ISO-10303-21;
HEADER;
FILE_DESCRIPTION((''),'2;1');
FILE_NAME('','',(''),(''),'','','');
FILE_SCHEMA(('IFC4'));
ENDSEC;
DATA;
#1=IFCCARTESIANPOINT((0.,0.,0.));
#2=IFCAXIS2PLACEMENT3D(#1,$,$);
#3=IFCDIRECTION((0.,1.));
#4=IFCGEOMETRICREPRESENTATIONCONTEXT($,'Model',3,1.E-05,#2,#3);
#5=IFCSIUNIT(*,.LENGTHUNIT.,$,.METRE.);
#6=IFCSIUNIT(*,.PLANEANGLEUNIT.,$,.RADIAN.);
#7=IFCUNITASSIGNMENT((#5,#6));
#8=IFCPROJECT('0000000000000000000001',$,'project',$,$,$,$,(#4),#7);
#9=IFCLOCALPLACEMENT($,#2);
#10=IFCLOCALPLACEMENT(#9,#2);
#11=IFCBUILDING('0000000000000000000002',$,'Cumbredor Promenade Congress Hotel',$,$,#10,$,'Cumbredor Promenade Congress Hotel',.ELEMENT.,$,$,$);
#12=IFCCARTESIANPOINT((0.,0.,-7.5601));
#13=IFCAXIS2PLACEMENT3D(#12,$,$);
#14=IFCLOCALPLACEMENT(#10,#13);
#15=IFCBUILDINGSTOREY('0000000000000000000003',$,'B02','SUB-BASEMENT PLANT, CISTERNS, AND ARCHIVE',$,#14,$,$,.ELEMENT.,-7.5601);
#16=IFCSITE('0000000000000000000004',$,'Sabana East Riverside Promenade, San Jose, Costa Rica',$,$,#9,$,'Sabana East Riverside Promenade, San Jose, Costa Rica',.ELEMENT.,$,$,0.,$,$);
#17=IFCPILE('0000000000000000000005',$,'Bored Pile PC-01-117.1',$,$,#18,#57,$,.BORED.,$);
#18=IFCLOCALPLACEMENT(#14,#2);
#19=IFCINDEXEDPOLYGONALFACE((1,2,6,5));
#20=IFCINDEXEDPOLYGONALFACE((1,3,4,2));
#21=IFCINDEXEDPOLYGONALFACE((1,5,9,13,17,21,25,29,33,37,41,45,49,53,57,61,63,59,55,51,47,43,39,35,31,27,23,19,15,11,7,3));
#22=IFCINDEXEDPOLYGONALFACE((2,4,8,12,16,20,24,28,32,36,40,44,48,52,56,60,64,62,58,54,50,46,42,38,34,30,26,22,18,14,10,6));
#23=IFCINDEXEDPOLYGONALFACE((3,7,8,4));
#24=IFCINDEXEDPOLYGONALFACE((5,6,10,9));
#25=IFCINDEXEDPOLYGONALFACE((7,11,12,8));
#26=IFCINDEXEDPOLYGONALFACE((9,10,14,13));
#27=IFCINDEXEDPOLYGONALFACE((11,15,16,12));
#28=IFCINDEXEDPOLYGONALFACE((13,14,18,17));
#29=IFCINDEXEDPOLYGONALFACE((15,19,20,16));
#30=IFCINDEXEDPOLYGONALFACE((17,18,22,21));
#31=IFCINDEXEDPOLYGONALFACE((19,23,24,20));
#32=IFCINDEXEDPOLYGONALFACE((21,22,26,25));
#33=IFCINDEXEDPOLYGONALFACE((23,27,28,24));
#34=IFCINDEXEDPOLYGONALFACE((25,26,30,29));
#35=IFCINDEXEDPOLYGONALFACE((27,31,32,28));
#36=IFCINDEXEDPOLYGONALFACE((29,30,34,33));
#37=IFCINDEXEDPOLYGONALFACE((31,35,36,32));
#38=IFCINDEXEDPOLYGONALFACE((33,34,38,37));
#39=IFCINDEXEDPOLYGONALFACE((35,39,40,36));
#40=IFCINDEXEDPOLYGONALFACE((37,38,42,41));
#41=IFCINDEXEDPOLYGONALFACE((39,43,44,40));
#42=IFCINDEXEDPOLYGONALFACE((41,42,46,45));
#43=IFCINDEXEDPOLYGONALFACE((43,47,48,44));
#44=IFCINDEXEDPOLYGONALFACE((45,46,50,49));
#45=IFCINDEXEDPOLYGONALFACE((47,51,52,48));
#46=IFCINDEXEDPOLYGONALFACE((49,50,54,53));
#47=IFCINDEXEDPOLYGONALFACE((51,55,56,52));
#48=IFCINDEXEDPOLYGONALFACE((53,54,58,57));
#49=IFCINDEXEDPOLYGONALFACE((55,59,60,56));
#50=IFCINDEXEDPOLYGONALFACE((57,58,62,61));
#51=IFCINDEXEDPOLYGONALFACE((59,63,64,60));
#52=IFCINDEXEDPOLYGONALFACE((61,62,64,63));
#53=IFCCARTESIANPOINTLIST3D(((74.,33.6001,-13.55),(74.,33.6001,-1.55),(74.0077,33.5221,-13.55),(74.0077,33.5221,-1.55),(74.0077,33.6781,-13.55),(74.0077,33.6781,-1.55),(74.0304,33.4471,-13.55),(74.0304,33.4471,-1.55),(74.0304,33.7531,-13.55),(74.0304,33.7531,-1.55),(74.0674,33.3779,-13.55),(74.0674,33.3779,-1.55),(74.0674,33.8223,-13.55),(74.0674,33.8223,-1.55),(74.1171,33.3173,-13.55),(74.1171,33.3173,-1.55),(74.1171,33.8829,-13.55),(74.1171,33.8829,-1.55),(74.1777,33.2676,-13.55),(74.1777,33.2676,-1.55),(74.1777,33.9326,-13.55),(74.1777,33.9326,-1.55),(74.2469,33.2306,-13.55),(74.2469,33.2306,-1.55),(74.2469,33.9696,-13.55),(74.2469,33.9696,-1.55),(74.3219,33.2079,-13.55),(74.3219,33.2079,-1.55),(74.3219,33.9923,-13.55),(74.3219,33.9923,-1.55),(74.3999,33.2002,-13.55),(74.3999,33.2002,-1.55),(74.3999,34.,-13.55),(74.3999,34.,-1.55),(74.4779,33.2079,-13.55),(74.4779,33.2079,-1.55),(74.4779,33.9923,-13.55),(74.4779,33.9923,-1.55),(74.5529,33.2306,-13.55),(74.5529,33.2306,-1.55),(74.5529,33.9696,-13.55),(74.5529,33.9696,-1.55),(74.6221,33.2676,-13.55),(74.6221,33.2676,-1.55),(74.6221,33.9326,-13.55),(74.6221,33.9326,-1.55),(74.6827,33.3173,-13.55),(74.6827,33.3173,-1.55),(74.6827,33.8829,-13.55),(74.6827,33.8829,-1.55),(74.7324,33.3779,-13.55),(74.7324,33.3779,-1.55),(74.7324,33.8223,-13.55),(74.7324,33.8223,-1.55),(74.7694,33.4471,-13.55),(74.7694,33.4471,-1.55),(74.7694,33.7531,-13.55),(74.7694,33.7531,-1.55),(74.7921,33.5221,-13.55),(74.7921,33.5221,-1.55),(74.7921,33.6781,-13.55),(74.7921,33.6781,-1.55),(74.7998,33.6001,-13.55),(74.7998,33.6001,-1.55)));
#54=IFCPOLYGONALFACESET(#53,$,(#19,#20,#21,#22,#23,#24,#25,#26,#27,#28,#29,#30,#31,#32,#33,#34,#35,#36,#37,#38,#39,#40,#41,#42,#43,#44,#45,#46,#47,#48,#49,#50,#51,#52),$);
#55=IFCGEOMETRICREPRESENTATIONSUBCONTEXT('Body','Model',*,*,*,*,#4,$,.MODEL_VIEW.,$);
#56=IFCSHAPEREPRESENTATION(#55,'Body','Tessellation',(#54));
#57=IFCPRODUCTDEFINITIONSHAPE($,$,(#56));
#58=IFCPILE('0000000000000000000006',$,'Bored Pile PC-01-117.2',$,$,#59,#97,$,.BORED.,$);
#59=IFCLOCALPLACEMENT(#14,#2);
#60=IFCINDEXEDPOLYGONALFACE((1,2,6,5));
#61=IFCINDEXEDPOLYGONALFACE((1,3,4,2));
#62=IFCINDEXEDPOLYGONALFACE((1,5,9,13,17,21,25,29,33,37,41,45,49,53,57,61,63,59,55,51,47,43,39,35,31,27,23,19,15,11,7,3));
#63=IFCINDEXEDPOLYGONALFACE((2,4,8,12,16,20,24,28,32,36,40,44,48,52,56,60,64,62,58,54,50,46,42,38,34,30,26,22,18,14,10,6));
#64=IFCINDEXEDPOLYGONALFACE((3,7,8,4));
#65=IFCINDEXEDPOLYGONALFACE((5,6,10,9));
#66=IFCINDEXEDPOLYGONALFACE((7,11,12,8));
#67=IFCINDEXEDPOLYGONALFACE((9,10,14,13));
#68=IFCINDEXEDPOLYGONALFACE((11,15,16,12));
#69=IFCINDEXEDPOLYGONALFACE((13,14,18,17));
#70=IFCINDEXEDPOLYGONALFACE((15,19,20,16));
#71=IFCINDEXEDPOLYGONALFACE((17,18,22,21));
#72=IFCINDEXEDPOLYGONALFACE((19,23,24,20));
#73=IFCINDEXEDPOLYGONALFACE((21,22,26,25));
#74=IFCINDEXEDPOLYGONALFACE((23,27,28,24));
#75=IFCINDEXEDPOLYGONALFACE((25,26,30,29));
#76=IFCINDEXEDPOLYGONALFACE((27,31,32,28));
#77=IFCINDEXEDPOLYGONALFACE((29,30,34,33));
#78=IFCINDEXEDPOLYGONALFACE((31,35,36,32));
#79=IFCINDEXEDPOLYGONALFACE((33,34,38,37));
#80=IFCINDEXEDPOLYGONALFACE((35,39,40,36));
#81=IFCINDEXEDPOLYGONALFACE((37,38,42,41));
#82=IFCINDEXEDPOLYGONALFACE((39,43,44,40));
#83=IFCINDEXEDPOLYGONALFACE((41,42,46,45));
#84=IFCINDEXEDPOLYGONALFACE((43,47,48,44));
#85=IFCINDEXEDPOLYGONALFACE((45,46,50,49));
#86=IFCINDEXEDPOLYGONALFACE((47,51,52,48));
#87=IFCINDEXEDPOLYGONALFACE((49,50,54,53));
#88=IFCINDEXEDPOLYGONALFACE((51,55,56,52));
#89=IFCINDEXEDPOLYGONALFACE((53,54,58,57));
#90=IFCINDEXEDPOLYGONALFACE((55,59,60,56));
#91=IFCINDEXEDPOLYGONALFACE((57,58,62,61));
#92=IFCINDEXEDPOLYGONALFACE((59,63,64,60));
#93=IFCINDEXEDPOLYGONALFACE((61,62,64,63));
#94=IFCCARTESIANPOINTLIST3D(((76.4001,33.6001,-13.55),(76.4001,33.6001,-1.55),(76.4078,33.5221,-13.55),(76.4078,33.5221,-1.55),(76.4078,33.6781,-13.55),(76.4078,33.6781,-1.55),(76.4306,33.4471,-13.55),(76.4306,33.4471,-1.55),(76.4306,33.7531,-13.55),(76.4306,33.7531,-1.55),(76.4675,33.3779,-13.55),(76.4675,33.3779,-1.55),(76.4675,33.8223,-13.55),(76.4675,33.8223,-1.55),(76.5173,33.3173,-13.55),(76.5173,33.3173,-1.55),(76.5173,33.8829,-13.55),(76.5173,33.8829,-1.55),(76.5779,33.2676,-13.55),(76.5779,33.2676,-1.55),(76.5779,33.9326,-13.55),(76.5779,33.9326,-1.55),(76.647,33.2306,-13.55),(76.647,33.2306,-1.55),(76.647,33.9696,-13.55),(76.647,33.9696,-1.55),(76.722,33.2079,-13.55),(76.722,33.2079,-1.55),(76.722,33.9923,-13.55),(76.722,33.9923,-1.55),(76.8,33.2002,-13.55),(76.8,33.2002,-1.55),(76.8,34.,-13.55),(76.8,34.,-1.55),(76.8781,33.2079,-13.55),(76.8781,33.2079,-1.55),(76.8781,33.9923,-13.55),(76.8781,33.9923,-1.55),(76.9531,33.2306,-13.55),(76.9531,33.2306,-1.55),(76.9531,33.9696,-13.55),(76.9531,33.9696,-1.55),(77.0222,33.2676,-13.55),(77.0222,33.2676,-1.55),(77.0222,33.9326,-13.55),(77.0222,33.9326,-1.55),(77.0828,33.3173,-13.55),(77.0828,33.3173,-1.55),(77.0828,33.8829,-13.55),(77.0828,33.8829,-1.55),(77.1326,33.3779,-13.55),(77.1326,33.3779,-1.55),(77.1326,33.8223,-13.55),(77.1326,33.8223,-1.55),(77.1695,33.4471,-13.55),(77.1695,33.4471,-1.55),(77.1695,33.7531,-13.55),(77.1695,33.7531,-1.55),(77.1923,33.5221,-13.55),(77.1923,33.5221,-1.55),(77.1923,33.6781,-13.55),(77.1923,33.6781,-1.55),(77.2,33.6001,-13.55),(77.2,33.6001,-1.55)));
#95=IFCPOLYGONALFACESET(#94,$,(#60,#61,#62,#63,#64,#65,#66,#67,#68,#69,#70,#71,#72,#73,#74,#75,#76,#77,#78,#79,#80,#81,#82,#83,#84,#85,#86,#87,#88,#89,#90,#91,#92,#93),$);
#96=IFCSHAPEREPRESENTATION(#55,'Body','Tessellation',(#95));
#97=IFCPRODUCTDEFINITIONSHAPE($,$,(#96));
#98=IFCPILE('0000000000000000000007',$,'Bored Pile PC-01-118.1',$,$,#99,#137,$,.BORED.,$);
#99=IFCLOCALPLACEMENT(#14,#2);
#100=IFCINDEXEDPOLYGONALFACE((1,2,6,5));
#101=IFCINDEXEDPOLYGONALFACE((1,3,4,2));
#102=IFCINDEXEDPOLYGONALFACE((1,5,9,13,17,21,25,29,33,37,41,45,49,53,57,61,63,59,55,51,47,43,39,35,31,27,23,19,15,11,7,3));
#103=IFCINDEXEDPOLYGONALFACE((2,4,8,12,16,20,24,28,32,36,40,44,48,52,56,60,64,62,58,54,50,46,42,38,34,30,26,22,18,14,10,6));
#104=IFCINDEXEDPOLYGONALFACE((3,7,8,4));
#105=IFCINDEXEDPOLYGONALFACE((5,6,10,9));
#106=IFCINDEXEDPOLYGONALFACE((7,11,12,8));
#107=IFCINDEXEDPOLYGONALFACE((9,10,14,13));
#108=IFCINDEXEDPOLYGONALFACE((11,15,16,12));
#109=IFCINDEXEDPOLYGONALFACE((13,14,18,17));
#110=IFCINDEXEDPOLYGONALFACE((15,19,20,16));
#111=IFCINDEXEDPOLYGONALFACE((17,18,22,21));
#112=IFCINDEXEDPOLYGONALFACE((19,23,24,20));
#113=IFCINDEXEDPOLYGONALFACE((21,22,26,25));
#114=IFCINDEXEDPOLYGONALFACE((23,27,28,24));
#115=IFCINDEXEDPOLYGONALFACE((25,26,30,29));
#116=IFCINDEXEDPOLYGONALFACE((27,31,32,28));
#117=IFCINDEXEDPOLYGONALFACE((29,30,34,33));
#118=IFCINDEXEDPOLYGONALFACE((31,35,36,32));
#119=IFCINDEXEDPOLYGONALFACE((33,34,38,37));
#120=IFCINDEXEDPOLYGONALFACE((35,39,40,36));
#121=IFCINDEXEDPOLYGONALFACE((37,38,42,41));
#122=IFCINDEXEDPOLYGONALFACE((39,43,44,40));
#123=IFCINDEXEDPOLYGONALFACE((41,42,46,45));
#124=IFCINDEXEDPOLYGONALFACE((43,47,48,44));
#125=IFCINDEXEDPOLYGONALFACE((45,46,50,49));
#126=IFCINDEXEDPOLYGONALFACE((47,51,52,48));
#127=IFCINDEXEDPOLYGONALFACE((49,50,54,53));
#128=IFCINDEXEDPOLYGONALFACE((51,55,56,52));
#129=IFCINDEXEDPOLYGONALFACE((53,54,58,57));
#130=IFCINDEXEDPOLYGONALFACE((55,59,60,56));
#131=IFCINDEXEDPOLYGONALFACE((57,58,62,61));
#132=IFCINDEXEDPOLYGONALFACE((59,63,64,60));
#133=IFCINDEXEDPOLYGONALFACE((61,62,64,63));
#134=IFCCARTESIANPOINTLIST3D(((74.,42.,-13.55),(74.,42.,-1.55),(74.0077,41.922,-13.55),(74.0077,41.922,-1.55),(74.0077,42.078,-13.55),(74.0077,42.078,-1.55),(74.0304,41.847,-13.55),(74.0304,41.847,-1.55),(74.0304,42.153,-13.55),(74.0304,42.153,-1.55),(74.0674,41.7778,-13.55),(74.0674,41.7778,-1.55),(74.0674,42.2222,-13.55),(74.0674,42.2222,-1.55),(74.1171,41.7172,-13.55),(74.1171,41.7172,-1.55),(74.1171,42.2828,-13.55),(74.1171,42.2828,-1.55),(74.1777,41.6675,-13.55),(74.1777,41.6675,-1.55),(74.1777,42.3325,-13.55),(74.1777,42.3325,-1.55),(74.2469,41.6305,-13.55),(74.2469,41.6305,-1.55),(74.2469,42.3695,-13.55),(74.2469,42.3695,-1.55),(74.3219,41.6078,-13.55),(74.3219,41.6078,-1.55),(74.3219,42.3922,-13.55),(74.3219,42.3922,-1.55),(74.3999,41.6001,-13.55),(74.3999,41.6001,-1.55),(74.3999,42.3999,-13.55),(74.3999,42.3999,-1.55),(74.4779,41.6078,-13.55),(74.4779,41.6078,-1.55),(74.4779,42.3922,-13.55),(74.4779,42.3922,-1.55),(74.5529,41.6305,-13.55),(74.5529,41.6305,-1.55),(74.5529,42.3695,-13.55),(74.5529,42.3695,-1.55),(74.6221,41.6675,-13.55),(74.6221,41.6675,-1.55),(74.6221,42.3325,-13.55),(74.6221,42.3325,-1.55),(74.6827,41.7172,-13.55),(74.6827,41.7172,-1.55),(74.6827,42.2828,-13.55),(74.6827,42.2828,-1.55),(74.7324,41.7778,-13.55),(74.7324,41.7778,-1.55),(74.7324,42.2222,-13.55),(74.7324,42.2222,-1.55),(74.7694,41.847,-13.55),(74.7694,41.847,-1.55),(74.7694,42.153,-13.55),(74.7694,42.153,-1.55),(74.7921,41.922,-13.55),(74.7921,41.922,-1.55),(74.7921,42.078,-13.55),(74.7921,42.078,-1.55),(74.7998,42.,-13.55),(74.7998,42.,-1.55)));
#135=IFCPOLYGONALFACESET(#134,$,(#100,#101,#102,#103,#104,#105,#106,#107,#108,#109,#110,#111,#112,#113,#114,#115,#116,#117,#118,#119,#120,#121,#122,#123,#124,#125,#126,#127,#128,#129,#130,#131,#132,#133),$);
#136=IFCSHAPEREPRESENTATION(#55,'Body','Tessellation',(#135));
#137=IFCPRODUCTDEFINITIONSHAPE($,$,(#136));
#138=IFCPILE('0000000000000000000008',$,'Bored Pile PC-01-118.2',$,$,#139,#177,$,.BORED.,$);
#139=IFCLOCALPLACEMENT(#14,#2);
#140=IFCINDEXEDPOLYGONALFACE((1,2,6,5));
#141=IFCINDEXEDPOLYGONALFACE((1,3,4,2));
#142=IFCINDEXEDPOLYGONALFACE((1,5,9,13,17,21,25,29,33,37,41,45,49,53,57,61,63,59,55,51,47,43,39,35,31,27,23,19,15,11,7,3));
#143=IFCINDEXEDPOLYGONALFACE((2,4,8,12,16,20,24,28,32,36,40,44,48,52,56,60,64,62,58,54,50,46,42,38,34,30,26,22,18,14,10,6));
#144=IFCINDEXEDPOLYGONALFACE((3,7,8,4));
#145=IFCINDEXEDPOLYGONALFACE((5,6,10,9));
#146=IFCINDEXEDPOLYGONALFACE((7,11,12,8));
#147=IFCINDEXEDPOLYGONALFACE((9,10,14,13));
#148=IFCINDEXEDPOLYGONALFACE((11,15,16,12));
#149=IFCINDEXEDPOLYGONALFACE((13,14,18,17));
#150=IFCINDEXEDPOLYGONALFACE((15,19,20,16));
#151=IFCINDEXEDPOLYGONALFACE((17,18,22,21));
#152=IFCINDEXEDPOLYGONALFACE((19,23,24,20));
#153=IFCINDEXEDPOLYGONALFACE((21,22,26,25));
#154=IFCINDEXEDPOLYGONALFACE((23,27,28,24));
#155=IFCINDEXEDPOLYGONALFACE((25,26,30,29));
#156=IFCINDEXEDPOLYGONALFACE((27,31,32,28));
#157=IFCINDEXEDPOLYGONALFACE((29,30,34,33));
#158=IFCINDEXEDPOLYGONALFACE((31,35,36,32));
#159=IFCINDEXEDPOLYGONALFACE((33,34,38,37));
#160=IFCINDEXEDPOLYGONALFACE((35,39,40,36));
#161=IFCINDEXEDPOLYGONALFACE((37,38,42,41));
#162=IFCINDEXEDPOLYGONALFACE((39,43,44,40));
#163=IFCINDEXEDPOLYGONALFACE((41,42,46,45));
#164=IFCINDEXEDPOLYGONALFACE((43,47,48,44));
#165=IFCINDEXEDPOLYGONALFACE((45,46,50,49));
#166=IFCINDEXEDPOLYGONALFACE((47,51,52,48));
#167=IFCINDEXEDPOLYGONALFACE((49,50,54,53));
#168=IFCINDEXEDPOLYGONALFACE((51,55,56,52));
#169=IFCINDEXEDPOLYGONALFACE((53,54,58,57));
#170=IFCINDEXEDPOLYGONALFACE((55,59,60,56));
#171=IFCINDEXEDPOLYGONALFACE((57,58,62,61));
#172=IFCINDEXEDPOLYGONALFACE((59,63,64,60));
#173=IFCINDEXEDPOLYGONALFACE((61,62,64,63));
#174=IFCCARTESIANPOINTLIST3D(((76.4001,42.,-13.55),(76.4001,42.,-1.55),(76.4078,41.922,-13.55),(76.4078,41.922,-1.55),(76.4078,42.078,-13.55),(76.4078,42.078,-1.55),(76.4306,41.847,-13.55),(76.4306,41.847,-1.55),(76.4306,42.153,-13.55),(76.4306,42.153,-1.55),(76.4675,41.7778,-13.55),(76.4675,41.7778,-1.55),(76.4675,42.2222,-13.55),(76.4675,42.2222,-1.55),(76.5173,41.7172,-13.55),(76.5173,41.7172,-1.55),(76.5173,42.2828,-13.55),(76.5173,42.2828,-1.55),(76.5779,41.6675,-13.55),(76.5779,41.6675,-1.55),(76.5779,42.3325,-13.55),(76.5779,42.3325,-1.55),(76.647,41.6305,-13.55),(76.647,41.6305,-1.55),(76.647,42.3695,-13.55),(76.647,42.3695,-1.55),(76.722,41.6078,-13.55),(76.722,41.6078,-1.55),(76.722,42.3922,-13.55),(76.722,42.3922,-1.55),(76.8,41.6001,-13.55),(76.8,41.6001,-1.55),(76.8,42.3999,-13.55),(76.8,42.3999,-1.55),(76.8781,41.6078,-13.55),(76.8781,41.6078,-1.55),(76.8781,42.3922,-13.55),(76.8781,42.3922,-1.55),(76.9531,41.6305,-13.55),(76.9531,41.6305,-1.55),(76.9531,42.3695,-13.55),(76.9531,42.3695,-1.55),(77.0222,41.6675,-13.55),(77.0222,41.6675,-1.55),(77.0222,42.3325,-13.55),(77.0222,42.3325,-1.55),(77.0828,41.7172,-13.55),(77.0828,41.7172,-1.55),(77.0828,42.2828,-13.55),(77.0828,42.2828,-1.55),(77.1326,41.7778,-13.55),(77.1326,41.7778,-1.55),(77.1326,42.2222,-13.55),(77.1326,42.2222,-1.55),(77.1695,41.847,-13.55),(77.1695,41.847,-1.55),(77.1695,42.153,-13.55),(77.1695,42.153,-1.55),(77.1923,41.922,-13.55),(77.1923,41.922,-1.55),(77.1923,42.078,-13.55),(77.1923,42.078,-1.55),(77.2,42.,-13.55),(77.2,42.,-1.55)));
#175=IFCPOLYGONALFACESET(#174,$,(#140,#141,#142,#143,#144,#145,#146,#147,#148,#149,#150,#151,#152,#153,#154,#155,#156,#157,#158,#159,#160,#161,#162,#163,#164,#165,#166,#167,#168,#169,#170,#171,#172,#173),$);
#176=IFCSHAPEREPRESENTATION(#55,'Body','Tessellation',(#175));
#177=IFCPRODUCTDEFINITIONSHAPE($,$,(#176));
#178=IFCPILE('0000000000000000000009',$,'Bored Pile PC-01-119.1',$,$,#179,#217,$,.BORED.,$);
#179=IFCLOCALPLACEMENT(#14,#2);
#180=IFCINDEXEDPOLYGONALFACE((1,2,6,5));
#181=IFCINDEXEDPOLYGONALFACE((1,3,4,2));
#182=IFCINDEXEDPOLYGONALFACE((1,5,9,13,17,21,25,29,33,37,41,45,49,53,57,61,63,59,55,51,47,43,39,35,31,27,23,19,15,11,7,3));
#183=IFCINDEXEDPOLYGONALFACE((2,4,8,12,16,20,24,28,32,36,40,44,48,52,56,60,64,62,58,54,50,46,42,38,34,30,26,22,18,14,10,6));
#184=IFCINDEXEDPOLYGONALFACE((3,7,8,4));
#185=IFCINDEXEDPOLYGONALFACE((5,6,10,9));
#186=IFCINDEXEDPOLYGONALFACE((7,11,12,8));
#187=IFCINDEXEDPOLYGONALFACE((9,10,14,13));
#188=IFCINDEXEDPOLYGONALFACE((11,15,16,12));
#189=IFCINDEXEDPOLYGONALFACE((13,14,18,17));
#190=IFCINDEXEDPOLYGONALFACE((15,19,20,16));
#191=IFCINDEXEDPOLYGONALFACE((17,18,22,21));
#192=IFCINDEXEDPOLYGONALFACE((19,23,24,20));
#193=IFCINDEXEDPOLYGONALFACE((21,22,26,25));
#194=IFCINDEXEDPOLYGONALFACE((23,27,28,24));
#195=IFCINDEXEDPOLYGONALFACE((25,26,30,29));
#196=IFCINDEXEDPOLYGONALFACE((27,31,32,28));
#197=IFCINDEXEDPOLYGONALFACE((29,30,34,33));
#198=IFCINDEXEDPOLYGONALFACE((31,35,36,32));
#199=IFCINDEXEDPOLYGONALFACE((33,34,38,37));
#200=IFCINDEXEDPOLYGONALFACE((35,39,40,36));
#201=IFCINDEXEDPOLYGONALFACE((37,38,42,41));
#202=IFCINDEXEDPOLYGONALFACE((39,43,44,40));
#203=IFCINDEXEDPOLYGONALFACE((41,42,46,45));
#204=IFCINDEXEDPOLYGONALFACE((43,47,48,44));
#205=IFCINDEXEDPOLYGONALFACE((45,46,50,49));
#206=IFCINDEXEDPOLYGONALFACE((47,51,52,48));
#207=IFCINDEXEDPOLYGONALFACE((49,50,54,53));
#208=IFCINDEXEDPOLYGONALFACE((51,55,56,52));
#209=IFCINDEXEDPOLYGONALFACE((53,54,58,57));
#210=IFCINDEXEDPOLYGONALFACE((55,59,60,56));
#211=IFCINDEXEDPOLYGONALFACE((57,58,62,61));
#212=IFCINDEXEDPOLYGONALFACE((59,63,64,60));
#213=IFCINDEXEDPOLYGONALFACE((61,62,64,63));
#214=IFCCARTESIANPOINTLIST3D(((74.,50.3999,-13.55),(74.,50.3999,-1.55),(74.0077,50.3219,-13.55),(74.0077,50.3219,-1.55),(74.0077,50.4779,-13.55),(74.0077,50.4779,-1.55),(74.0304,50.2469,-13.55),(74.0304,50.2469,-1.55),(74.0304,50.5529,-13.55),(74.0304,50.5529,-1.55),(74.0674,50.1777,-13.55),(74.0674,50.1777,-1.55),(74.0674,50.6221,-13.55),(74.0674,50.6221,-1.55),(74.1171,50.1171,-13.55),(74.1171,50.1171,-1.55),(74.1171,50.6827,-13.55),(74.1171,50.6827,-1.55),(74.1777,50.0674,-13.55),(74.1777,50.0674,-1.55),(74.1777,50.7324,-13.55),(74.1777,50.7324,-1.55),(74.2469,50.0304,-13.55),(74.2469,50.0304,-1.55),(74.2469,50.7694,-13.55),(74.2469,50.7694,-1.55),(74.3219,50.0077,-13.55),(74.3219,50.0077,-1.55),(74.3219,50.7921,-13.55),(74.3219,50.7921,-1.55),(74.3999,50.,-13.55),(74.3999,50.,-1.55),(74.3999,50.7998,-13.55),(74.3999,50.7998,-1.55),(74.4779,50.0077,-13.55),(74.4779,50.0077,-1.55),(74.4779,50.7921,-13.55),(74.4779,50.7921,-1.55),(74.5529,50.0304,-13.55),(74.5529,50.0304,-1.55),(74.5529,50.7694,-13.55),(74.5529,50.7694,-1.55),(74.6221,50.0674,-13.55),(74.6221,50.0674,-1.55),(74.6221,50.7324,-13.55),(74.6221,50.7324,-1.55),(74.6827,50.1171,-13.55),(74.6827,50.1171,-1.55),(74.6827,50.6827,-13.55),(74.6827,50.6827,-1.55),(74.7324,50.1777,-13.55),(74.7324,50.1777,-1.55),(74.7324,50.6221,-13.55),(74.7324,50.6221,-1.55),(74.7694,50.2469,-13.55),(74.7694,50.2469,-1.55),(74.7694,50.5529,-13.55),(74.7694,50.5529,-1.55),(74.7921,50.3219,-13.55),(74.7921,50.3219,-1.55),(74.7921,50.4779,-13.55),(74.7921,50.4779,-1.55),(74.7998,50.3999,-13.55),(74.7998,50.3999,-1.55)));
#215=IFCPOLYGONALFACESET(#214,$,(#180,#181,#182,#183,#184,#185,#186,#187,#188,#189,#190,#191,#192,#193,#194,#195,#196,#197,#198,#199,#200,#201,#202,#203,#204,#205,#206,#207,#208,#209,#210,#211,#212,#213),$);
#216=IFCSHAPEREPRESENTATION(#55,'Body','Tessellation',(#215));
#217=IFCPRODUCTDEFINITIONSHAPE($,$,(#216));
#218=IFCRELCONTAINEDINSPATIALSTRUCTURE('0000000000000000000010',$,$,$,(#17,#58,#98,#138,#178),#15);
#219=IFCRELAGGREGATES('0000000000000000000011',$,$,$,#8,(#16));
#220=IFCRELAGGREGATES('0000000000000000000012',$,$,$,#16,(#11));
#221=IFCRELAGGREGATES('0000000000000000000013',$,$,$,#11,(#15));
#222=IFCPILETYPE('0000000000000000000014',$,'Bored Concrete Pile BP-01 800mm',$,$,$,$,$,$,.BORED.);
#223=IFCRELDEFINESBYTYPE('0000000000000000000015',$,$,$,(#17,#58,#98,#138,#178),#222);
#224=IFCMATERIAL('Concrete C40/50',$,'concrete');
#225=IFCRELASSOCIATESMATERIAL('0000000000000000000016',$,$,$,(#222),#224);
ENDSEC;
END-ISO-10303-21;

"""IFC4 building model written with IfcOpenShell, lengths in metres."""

from ifc_helpers import new_model, si_unit, direction, frame, origin, origin_2d, place, context, subcontext, project, spatial, circle, extrude, material, material_profile, profile_set, type_object, element, save


model = new_model("IFC4")

# Units and contexts
model_context = context("Model", 3, precision=1e-05, world=origin(), true_north=direction((0.0, 1.0)))
body_context = subcontext(model_context, "Body", "Model", "MODEL_VIEW")
ifc_project = project(units=[si_unit("LENGTHUNIT", "METRE"), si_unit("PLANEANGLEUNIT", "RADIAN")], contexts=[model_context])

# Site, building, storey
site_placement = place(None, origin())
site = spatial("IfcSite", under=ifc_project, at=site_placement, Name="Sabana East Riverside Promenade, San Jose, Costa Rica", LongName="Sabana East Riverside Promenade, San Jose, Costa Rica", CompositionType="ELEMENT", RefElevation=0.0)
building_placement = place(site_placement, origin())
building = spatial("IfcBuilding", under=site, at=building_placement, Name="Cumbredor Promenade Congress Hotel", LongName="Cumbredor Promenade Congress Hotel", CompositionType="ELEMENT")
storey_placement = place(building_placement, frame((0.0, 0.0, -7.5601)))
storey = spatial("IfcBuildingStorey", under=building, at=storey_placement, Name="B02", Description="SUB-BASEMENT PLANT, CISTERNS, AND ARCHIVE", CompositionType="ELEMENT", Elevation=-7.5601)

# Piles
ifc_material_1 = material(Name="Concrete C40/50", Category="concrete")
ifc_material_profile_1 = material_profile(ifc_material_1, circle(Radius=0.3999, at=origin_2d()), Name="PILE D800")
ifc_profile_set_1 = profile_set([ifc_material_profile_1], Name="Concrete C40/50")
pile_type_1 = type_object("IfcPileType", Name="Bored Concrete Pile BP-01 800mm", PredefinedType="BORED", material=ifc_profile_set_1)
for number, where, z_axis, x_axis, name in (
    (1, (74.3999, 33.6001, -1.55), (0.0, 0.0, -1.0), (1.0, 0.0, 0.0), "Bored Pile PC-01-117.1"),
    (2, (76.8, 33.6001, -1.55), (0.0, 0.0, -1.0), (1.0, 0.0, 0.0), "Bored Pile PC-01-117.2"),
    (3, (74.3999, 42.0, -1.55), (0.0, 0.0, -1.0), (1.0, 0.0, 0.0), "Bored Pile PC-01-118.1"),
    (4, (76.8, 42.0, -1.55), (0.0, 0.0, -1.0), (1.0, 0.0, 0.0), "Bored Pile PC-01-118.2"),
    (5, (74.3999, 50.3999, -1.55), (0.0, 0.0, -1.0), (1.0, 0.0, 0.0), "Bored Pile PC-01-119.1"),
):
    element("IfcPile", number, at=place(storey_placement, frame(where, z_axis=z_axis, x_axis=x_axis)), inside=storey, type_object=pile_type_1, Name=name, PredefinedType="BORED", context=body_context, shape_type="SweptSolid", body=[
        extrude(circle(Radius=0.3999, at=origin_2d()), origin(), (0.0, 0.0, 1.0), 12.0),
    ])

save(model, "model.ifc")
